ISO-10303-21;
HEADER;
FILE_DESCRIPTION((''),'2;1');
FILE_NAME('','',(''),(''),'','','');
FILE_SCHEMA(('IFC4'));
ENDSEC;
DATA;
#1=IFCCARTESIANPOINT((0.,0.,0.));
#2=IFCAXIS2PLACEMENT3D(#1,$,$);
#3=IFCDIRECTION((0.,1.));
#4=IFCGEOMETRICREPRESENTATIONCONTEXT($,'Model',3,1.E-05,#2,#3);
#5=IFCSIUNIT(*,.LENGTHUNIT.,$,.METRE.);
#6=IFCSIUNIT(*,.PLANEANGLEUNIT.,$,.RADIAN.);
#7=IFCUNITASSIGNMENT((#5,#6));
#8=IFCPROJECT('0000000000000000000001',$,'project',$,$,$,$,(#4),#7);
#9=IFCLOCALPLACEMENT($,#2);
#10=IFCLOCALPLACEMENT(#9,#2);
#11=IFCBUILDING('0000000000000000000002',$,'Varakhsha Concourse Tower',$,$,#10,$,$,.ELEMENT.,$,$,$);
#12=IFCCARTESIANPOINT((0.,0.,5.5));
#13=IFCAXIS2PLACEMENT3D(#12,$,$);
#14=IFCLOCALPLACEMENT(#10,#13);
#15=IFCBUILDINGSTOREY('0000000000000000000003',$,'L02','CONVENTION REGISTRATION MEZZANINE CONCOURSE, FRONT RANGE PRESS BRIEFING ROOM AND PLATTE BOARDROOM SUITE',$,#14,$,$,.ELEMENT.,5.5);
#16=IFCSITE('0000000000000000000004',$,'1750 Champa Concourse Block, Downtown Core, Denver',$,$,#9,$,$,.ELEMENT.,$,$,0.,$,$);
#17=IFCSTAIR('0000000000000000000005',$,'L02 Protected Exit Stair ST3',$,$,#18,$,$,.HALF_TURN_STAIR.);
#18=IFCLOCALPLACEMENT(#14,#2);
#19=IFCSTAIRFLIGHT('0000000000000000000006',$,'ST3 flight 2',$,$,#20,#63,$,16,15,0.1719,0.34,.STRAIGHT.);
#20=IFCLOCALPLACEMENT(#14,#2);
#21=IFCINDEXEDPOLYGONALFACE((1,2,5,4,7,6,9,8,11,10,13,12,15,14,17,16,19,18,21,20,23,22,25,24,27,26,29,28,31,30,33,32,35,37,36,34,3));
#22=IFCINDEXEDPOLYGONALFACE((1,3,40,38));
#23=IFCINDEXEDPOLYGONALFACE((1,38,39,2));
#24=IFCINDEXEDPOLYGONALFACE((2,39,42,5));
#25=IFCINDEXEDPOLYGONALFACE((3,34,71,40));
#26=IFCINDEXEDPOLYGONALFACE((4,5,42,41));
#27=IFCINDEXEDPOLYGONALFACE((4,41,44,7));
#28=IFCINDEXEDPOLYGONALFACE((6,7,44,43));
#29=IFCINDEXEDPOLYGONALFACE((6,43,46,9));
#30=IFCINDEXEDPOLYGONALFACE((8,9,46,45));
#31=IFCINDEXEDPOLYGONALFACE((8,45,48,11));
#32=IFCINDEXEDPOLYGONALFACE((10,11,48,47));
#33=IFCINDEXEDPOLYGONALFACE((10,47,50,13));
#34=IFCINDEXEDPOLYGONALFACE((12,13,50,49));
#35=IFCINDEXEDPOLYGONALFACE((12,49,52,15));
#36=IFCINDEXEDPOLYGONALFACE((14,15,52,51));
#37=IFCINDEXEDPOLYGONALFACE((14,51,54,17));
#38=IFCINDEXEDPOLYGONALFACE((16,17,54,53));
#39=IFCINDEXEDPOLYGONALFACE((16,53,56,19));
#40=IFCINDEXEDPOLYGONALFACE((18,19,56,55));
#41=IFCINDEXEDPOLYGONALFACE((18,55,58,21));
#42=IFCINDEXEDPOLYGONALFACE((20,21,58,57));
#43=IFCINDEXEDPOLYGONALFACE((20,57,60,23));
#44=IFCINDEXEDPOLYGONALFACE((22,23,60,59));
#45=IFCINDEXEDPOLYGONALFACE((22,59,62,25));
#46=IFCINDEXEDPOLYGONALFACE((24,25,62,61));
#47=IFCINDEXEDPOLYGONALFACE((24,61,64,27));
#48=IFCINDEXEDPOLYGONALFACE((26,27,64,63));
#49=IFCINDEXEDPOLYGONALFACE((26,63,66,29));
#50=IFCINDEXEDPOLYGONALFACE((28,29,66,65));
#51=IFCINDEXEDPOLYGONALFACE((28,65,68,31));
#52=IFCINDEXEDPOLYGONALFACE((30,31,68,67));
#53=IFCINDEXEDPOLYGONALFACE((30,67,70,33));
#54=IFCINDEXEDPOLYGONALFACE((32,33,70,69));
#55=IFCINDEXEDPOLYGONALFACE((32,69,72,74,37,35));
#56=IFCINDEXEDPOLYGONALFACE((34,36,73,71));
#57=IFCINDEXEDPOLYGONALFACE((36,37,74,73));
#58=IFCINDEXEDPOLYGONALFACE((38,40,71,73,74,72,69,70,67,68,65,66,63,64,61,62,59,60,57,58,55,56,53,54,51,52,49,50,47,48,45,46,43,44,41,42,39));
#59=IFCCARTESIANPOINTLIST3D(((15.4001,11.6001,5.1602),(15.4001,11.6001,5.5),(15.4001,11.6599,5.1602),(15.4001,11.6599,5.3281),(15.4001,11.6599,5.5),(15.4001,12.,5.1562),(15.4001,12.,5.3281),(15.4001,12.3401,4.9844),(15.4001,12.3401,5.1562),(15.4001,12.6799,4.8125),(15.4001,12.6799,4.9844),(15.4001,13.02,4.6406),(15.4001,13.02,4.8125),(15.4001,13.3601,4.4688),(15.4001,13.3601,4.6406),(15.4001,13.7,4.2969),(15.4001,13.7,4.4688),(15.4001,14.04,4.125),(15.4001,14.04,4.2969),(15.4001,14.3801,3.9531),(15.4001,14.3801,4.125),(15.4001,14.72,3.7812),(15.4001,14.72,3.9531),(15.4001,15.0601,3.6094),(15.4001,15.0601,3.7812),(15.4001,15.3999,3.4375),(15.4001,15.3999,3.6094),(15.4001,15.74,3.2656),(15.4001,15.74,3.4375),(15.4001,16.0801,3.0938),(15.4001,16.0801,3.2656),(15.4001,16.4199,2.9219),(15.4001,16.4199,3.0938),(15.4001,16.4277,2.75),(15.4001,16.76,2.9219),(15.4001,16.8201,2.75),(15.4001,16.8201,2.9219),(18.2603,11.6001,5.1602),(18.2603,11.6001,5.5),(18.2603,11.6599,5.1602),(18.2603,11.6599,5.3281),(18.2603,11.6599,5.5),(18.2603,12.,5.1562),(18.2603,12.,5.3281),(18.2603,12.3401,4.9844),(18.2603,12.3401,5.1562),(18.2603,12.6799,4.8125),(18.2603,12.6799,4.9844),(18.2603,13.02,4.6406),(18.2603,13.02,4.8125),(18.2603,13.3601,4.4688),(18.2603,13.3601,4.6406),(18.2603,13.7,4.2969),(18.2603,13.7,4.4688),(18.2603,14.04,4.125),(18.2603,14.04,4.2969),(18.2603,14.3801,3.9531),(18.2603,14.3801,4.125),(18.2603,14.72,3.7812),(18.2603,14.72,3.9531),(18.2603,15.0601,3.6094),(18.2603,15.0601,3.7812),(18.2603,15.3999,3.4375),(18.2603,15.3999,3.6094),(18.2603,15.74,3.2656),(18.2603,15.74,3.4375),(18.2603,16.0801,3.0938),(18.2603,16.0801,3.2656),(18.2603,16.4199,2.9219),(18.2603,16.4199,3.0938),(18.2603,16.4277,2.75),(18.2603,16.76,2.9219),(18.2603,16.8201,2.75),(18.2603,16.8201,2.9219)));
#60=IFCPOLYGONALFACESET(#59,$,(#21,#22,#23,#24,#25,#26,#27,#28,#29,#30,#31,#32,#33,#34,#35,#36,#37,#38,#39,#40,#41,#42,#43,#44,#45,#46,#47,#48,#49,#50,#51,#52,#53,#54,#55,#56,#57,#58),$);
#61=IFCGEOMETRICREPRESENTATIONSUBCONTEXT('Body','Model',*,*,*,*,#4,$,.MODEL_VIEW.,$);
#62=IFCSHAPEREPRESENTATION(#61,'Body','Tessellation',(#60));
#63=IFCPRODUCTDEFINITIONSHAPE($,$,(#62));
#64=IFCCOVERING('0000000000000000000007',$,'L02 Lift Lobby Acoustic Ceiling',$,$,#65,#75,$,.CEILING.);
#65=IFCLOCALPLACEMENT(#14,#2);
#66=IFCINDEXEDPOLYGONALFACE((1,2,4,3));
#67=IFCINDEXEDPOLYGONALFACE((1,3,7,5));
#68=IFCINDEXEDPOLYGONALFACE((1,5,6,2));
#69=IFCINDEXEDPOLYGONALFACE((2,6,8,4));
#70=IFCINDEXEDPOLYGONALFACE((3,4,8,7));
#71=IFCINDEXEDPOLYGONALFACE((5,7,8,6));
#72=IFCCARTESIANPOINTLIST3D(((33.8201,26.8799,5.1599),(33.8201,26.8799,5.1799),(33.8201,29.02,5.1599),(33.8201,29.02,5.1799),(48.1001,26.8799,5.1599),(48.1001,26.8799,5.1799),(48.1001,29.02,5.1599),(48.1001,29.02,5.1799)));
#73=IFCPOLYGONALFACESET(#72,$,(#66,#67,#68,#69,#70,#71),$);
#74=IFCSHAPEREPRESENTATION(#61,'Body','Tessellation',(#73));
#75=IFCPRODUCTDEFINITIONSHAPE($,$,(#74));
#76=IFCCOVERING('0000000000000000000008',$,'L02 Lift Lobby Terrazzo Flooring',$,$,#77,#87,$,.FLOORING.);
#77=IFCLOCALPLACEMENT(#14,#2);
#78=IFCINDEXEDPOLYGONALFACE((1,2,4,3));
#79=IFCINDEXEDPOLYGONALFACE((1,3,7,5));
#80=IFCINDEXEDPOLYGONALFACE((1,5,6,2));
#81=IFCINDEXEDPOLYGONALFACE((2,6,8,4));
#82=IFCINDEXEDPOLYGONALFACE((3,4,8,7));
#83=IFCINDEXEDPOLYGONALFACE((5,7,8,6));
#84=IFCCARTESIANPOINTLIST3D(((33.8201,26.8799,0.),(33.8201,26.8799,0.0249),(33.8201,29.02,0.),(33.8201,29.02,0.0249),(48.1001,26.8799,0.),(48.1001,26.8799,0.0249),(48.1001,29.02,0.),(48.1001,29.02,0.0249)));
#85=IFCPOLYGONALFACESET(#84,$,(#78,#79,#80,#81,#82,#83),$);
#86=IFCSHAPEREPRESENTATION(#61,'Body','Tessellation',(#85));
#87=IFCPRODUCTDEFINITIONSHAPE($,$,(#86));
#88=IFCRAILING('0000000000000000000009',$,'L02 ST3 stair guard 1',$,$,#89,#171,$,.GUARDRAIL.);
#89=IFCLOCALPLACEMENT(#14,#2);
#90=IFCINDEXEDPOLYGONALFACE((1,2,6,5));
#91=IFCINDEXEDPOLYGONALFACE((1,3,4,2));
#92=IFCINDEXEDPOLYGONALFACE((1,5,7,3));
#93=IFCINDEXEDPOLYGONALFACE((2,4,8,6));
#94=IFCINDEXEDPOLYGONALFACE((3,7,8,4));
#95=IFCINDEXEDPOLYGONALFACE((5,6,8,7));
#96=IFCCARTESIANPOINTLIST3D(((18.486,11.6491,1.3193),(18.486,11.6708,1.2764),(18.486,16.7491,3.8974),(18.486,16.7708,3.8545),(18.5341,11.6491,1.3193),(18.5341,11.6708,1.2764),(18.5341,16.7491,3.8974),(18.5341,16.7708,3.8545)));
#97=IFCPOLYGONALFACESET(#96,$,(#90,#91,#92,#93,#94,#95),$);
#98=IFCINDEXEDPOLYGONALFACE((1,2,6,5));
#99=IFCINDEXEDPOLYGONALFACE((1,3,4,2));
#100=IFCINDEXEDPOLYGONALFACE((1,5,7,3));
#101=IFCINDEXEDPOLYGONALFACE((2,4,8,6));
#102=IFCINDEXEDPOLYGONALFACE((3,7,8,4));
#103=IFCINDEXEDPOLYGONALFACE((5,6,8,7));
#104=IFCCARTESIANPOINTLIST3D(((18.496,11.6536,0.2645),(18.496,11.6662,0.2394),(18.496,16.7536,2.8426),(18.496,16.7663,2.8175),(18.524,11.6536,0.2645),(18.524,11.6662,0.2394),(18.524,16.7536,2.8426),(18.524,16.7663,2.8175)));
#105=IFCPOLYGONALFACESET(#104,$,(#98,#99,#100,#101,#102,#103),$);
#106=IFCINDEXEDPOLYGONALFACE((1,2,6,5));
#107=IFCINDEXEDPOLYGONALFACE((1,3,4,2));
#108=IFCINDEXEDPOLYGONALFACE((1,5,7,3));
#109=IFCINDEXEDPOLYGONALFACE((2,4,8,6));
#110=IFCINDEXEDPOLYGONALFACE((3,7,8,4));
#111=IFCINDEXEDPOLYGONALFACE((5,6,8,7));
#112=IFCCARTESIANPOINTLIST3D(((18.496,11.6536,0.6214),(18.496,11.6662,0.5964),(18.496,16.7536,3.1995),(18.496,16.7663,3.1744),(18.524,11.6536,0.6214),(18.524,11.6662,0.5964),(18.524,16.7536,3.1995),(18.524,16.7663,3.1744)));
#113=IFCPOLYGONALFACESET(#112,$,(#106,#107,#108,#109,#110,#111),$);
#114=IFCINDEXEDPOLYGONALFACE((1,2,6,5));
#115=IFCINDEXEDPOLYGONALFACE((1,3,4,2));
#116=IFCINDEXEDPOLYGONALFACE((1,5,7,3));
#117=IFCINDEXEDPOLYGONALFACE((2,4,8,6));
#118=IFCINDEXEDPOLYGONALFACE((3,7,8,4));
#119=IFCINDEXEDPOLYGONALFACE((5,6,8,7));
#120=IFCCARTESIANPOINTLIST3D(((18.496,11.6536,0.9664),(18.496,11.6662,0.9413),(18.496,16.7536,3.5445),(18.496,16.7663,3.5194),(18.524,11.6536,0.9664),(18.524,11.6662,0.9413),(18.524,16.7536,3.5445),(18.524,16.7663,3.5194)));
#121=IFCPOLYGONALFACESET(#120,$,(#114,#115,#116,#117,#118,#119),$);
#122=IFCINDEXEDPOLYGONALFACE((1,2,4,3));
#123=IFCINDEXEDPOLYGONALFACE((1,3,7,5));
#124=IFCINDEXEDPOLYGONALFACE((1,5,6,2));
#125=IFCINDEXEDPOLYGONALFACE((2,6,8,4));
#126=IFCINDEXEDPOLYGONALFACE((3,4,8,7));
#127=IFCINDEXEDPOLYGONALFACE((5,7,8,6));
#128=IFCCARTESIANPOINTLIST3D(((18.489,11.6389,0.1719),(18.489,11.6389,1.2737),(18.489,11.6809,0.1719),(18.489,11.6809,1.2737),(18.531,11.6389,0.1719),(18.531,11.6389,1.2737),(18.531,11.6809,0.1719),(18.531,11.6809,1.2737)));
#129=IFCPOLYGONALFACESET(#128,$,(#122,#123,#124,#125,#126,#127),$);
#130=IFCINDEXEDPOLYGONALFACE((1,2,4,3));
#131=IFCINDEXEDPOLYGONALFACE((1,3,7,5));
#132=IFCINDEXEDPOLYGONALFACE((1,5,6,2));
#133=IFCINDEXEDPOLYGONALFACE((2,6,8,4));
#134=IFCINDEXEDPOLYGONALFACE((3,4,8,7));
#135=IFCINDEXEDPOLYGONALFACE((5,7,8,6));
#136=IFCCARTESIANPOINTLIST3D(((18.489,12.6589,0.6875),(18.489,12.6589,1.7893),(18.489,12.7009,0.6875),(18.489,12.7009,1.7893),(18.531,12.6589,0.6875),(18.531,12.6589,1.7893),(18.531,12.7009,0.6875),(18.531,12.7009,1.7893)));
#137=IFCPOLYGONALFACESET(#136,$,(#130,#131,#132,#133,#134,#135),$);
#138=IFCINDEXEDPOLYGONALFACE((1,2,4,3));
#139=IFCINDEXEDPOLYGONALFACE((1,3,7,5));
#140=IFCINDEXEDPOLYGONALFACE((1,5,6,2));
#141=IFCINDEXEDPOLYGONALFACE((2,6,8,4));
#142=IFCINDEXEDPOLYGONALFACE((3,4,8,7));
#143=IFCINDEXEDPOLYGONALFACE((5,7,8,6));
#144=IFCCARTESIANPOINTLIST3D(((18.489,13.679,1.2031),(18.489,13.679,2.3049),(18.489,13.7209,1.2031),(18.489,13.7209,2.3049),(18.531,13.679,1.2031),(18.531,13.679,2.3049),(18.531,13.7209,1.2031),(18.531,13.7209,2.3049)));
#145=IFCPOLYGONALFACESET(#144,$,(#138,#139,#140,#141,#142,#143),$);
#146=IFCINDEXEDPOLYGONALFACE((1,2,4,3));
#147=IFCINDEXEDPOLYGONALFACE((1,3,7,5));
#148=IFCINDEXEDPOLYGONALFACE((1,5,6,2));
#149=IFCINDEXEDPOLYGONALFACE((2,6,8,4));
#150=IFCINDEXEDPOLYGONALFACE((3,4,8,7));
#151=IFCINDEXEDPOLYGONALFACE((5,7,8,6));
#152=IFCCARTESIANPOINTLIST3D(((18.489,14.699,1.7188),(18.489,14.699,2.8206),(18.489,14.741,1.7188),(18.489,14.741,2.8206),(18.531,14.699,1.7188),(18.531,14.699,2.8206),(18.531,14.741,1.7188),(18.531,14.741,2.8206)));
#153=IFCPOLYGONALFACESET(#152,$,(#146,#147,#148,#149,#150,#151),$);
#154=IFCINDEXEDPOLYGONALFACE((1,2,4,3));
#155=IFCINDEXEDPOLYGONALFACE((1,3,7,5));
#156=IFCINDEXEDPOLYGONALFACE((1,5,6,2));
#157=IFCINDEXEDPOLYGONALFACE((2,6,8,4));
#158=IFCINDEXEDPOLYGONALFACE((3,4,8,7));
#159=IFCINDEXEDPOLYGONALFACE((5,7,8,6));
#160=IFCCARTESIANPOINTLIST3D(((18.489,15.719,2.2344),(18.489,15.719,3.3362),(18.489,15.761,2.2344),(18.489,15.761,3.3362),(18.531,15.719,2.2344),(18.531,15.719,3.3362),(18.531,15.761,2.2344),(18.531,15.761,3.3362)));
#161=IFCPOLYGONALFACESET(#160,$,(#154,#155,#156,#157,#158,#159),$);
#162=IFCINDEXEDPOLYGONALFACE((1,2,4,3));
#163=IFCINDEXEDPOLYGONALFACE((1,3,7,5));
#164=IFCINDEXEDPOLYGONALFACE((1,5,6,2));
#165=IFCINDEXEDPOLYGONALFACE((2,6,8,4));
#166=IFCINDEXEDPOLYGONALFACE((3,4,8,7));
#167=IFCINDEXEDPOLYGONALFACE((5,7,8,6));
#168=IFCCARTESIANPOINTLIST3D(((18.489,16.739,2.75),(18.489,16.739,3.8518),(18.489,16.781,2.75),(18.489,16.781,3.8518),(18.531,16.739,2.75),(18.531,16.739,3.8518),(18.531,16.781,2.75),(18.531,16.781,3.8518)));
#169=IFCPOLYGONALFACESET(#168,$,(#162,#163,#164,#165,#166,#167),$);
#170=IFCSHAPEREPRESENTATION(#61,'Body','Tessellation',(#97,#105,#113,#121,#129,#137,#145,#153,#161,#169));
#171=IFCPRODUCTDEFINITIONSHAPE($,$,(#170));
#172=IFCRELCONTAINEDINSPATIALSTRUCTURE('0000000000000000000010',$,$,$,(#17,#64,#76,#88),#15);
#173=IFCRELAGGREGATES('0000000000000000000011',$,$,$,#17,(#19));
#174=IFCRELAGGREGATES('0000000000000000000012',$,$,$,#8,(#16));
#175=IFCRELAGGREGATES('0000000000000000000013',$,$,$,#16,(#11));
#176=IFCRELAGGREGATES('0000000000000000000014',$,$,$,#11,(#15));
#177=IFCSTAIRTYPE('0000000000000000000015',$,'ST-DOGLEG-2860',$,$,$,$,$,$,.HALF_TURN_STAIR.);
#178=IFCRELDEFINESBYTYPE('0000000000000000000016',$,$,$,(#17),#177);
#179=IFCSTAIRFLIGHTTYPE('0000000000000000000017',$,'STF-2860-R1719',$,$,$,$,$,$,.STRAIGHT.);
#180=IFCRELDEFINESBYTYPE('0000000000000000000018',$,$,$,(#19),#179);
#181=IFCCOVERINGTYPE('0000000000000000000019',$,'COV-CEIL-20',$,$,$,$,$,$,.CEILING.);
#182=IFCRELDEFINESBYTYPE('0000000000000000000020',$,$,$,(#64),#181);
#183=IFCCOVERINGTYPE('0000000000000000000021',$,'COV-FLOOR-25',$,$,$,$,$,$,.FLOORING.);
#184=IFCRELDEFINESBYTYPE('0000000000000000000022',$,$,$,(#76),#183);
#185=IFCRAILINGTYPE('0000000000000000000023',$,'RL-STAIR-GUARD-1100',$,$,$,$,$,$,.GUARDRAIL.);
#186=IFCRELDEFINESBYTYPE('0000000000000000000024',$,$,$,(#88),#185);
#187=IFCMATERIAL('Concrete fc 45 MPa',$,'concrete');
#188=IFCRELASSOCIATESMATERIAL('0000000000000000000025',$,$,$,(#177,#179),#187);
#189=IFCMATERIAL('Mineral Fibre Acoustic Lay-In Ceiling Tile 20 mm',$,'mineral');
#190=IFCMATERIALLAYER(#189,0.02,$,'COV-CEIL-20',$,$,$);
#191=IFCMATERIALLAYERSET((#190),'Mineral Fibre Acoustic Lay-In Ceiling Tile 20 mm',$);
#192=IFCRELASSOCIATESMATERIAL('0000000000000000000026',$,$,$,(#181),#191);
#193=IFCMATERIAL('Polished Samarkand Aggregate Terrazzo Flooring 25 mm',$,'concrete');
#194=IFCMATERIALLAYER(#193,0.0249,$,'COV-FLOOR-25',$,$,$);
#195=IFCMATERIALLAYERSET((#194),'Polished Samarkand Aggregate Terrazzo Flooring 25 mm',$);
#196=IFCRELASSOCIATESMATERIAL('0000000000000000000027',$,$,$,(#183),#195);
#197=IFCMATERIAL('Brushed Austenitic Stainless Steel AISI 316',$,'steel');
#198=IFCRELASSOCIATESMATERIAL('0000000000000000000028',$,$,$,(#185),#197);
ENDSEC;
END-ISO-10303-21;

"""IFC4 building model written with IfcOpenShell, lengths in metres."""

from ifc_helpers import new_model, si_unit, direction, frame, origin, origin_2d, place, context, subcontext, project, spatial, polyline, rectangle, outline, extrude, material, layer, layer_set, type_object, element, aggregate, save


model = new_model("IFC4")

# Units and contexts
model_context = context("Model", 3, precision=1e-05, world=origin(), true_north=direction((0.0, 1.0)))
body_context = subcontext(model_context, "Body", "Model", "MODEL_VIEW")
ifc_project = project(units=[si_unit("LENGTHUNIT", "METRE"), si_unit("PLANEANGLEUNIT", "RADIAN")], contexts=[model_context])

# Site, building, storey
site_placement = place(None, origin())
site = spatial("IfcSite", under=ifc_project, at=site_placement, Name="1750 Champa Concourse Block, Downtown Core, Denver", CompositionType="ELEMENT", RefElevation=0.0)
building_placement = place(site_placement, origin())
building = spatial("IfcBuilding", under=site, at=building_placement, Name="Varakhsha Concourse Tower", CompositionType="ELEMENT")
storey_placement = place(building_placement, frame((0.0, 0.0, 5.5)))
storey = spatial("IfcBuildingStorey", under=building, at=storey_placement, Name="L02", Description="CONVENTION REGISTRATION MEZZANINE CONCOURSE, FRONT RANGE PRESS BRIEFING ROOM AND PLATTE BOARDROOM SUITE", CompositionType="ELEMENT", Elevation=5.5)

# Shared definitions
ifc_material_1 = material(Name="Concrete fc 45 MPa", Category="concrete")

# Stair
stair_type_1 = type_object("IfcStairType", Name="ST-DOGLEG-2860", PredefinedType="HALF_TURN_STAIR", material=ifc_material_1)
stair_1_placement = place(storey_placement, origin())
stair_1 = element("IfcStair", 1, at=stair_1_placement, inside=storey, type_object=stair_type_1, Name="L02 Protected Exit Stair ST3", PredefinedType="HALF_TURN_STAIR")

# Stair flight
stair_flight_type = type_object("IfcStairFlightType", Name="STF-2860-R1719", PredefinedType="STRAIGHT", material=ifc_material_1)
stair_flight_1_placement = place(storey_placement, frame((16.8301, 16.76, 2.75), z_axis=(0.0, 0.0, 1.0), x_axis=(0.0, -1.0, 0.0)))
stair_flight_1 = element("IfcStairFlight", 2, at=stair_flight_1_placement, type_object=stair_flight_type, Name="ST3 flight 2", NumberOfRisers=16, NumberOfTreads=15, PredefinedType="STRAIGHT", RiserHeight=0.1719, TreadLength=0.34, context=body_context, shape_type="SweptSolid", body=[
    extrude(outline(polyline([(-0.0601, 0.0), (-0.0601, 0.1719), (0.0, 0.1719), (0.3401, 0.1719), (0.3401, 0.3438), (0.6799, 0.3438), (0.6799, 0.5156), (1.02, 0.5156), (1.02, 0.6875), (1.3601, 0.6875), (1.3601, 0.8594), (1.7, 0.8594), (1.7, 1.0312), (2.04, 1.0312), (2.04, 1.2031), (2.3799, 1.2031), (2.3799, 1.375), (2.72, 1.375), (2.72, 1.5469), (3.0601, 1.5469), (3.0601, 1.7188), (3.3999, 1.7188), (3.3999, 1.8906), (3.74, 1.8906), (3.74, 2.0625), (4.0801, 2.0625), (4.0801, 2.2344), (4.4199, 2.2344), (4.4199, 2.4062), (4.76, 2.4062), (4.76, 2.5781), (5.1001, 2.5781), (5.1001, 2.75), (5.1599, 2.75), (5.1599, 2.4102), (5.1001, 2.4102), (0.3323, 0.0), (-0.0601, 0.0)])), frame((0.0, 1.4302, 0.0), z_axis=(0.0, -1.0, 0.0), x_axis=(1.0, 0.0, 0.0)), (0.0, 0.0, 1.0), 2.8601),
])
aggregate(stair_1, [stair_flight_1])

# Coverings
ifc_material_2 = material(Name="Mineral Fibre Acoustic Lay-In Ceiling Tile 20 mm", Category="mineral")
ifc_layer_1 = layer(ifc_material_2, 0.02, Name="COV-CEIL-20")
ifc_layer_set_1 = layer_set([ifc_layer_1], Name="Mineral Fibre Acoustic Lay-In Ceiling Tile 20 mm")
covering_type_1 = type_object("IfcCoveringType", Name="COV-CEIL-20", PredefinedType="CEILING", material=ifc_layer_set_1)
covering_1_placement = place(storey_placement, frame((0.0, 0.0, 5.1599)))
element("IfcCovering", 3, at=covering_1_placement, inside=storey, type_object=covering_type_1, Name="L02 Lift Lobby Acoustic Ceiling", PredefinedType="CEILING", context=body_context, shape_type="SweptSolid", body=[
    extrude(outline(polyline([(33.8201, 26.8799), (48.1001, 26.8799), (48.1001, 29.02), (33.8201, 29.02), (33.8201, 26.8799)])), origin(), (0.0, 0.0, 1.0), 0.02),
])
ifc_material_3 = material(Name="Polished Samarkand Aggregate Terrazzo Flooring 25 mm", Category="concrete")
ifc_layer_2 = layer(ifc_material_3, 0.0249, Name="COV-FLOOR-25")
ifc_layer_set_2 = layer_set([ifc_layer_2], Name="Polished Samarkand Aggregate Terrazzo Flooring 25 mm")
covering_type_2 = type_object("IfcCoveringType", Name="COV-FLOOR-25", PredefinedType="FLOORING", material=ifc_layer_set_2)
covering_2_placement = place(storey_placement, origin())
element("IfcCovering", 4, at=covering_2_placement, inside=storey, type_object=covering_type_2, Name="L02 Lift Lobby Terrazzo Flooring", PredefinedType="FLOORING", context=body_context, shape_type="SweptSolid", body=[
    extrude(outline(polyline([(33.8201, 26.8799), (48.1001, 26.8799), (48.1001, 29.02), (33.8201, 29.02), (33.8201, 26.8799)])), origin(), (0.0, 0.0, 1.0), 0.0249),
])

# Railing
ifc_material_4 = material(Name="Brushed Austenitic Stainless Steel AISI 316", Category="steel")
railing_type_1 = type_object("IfcRailingType", Name="RL-STAIR-GUARD-1100", PredefinedType="GUARDRAIL", material=ifc_material_4)
railing_1_placement = place(storey_placement, frame((18.51, 11.6599, 0.1719)))
element("IfcRailing", 5, at=railing_1_placement, inside=storey, type_object=railing_type_1, Name="L02 ST3 stair guard 1", PredefinedType="GUARDRAIL", context=body_context, shape_type="SweptSolid", body=[
    extrude(rectangle(XDim=0.0481, YDim=0.0481, at=origin_2d()), frame((0.0, 0.0, 1.126), z_axis=(0.0, 0.892453, 0.45114), x_axis=(-1.0, 0.0, 0.0)), (0.0, 0.0, 1.0), 5.7146),
    extrude(rectangle(XDim=0.0281, YDim=0.0281, at=origin_2d()), frame((0.0, 0.0, 0.0801), z_axis=(0.0, 0.892453, 0.45114), x_axis=(-1.0, 0.0, 0.0)), (0.0, 0.0, 1.0), 5.7146),
    extrude(rectangle(XDim=0.0281, YDim=0.0281, at=origin_2d()), frame((0.0, 0.0, 0.437), z_axis=(0.0, 0.892453, 0.45114), x_axis=(-1.0, 0.0, 0.0)), (0.0, 0.0, 1.0), 5.7146),
    extrude(rectangle(XDim=0.0281, YDim=0.0281, at=origin_2d()), frame((0.0, 0.0, 0.782), z_axis=(0.0, 0.892453, 0.45114), x_axis=(-1.0, 0.0, 0.0)), (0.0, 0.0, 1.0), 5.7146),
    extrude(rectangle(XDim=0.042, YDim=0.042, at=origin_2d()), origin(), (0.0, 0.0, 1.0), 1.1018),
    extrude(rectangle(XDim=0.042, YDim=0.042, at=origin_2d()), frame((0.0, 1.02, 0.5156)), (0.0, 0.0, 1.0), 1.1018),
    extrude(rectangle(XDim=0.042, YDim=0.042, at=origin_2d()), frame((0.0, 2.04, 1.0312)), (0.0, 0.0, 1.0), 1.1018),
    extrude(rectangle(XDim=0.042, YDim=0.042, at=origin_2d()), frame((0.0, 3.0601, 1.5469)), (0.0, 0.0, 1.0), 1.1018),
    extrude(rectangle(XDim=0.042, YDim=0.042, at=origin_2d()), frame((0.0, 4.0801, 2.0625)), (0.0, 0.0, 1.0), 1.1018),
    extrude(rectangle(XDim=0.042, YDim=0.042, at=origin_2d()), frame((0.0, 5.1001, 2.5781)), (0.0, 0.0, 1.0), 1.1018),
])

save(model, "model.ifc")
